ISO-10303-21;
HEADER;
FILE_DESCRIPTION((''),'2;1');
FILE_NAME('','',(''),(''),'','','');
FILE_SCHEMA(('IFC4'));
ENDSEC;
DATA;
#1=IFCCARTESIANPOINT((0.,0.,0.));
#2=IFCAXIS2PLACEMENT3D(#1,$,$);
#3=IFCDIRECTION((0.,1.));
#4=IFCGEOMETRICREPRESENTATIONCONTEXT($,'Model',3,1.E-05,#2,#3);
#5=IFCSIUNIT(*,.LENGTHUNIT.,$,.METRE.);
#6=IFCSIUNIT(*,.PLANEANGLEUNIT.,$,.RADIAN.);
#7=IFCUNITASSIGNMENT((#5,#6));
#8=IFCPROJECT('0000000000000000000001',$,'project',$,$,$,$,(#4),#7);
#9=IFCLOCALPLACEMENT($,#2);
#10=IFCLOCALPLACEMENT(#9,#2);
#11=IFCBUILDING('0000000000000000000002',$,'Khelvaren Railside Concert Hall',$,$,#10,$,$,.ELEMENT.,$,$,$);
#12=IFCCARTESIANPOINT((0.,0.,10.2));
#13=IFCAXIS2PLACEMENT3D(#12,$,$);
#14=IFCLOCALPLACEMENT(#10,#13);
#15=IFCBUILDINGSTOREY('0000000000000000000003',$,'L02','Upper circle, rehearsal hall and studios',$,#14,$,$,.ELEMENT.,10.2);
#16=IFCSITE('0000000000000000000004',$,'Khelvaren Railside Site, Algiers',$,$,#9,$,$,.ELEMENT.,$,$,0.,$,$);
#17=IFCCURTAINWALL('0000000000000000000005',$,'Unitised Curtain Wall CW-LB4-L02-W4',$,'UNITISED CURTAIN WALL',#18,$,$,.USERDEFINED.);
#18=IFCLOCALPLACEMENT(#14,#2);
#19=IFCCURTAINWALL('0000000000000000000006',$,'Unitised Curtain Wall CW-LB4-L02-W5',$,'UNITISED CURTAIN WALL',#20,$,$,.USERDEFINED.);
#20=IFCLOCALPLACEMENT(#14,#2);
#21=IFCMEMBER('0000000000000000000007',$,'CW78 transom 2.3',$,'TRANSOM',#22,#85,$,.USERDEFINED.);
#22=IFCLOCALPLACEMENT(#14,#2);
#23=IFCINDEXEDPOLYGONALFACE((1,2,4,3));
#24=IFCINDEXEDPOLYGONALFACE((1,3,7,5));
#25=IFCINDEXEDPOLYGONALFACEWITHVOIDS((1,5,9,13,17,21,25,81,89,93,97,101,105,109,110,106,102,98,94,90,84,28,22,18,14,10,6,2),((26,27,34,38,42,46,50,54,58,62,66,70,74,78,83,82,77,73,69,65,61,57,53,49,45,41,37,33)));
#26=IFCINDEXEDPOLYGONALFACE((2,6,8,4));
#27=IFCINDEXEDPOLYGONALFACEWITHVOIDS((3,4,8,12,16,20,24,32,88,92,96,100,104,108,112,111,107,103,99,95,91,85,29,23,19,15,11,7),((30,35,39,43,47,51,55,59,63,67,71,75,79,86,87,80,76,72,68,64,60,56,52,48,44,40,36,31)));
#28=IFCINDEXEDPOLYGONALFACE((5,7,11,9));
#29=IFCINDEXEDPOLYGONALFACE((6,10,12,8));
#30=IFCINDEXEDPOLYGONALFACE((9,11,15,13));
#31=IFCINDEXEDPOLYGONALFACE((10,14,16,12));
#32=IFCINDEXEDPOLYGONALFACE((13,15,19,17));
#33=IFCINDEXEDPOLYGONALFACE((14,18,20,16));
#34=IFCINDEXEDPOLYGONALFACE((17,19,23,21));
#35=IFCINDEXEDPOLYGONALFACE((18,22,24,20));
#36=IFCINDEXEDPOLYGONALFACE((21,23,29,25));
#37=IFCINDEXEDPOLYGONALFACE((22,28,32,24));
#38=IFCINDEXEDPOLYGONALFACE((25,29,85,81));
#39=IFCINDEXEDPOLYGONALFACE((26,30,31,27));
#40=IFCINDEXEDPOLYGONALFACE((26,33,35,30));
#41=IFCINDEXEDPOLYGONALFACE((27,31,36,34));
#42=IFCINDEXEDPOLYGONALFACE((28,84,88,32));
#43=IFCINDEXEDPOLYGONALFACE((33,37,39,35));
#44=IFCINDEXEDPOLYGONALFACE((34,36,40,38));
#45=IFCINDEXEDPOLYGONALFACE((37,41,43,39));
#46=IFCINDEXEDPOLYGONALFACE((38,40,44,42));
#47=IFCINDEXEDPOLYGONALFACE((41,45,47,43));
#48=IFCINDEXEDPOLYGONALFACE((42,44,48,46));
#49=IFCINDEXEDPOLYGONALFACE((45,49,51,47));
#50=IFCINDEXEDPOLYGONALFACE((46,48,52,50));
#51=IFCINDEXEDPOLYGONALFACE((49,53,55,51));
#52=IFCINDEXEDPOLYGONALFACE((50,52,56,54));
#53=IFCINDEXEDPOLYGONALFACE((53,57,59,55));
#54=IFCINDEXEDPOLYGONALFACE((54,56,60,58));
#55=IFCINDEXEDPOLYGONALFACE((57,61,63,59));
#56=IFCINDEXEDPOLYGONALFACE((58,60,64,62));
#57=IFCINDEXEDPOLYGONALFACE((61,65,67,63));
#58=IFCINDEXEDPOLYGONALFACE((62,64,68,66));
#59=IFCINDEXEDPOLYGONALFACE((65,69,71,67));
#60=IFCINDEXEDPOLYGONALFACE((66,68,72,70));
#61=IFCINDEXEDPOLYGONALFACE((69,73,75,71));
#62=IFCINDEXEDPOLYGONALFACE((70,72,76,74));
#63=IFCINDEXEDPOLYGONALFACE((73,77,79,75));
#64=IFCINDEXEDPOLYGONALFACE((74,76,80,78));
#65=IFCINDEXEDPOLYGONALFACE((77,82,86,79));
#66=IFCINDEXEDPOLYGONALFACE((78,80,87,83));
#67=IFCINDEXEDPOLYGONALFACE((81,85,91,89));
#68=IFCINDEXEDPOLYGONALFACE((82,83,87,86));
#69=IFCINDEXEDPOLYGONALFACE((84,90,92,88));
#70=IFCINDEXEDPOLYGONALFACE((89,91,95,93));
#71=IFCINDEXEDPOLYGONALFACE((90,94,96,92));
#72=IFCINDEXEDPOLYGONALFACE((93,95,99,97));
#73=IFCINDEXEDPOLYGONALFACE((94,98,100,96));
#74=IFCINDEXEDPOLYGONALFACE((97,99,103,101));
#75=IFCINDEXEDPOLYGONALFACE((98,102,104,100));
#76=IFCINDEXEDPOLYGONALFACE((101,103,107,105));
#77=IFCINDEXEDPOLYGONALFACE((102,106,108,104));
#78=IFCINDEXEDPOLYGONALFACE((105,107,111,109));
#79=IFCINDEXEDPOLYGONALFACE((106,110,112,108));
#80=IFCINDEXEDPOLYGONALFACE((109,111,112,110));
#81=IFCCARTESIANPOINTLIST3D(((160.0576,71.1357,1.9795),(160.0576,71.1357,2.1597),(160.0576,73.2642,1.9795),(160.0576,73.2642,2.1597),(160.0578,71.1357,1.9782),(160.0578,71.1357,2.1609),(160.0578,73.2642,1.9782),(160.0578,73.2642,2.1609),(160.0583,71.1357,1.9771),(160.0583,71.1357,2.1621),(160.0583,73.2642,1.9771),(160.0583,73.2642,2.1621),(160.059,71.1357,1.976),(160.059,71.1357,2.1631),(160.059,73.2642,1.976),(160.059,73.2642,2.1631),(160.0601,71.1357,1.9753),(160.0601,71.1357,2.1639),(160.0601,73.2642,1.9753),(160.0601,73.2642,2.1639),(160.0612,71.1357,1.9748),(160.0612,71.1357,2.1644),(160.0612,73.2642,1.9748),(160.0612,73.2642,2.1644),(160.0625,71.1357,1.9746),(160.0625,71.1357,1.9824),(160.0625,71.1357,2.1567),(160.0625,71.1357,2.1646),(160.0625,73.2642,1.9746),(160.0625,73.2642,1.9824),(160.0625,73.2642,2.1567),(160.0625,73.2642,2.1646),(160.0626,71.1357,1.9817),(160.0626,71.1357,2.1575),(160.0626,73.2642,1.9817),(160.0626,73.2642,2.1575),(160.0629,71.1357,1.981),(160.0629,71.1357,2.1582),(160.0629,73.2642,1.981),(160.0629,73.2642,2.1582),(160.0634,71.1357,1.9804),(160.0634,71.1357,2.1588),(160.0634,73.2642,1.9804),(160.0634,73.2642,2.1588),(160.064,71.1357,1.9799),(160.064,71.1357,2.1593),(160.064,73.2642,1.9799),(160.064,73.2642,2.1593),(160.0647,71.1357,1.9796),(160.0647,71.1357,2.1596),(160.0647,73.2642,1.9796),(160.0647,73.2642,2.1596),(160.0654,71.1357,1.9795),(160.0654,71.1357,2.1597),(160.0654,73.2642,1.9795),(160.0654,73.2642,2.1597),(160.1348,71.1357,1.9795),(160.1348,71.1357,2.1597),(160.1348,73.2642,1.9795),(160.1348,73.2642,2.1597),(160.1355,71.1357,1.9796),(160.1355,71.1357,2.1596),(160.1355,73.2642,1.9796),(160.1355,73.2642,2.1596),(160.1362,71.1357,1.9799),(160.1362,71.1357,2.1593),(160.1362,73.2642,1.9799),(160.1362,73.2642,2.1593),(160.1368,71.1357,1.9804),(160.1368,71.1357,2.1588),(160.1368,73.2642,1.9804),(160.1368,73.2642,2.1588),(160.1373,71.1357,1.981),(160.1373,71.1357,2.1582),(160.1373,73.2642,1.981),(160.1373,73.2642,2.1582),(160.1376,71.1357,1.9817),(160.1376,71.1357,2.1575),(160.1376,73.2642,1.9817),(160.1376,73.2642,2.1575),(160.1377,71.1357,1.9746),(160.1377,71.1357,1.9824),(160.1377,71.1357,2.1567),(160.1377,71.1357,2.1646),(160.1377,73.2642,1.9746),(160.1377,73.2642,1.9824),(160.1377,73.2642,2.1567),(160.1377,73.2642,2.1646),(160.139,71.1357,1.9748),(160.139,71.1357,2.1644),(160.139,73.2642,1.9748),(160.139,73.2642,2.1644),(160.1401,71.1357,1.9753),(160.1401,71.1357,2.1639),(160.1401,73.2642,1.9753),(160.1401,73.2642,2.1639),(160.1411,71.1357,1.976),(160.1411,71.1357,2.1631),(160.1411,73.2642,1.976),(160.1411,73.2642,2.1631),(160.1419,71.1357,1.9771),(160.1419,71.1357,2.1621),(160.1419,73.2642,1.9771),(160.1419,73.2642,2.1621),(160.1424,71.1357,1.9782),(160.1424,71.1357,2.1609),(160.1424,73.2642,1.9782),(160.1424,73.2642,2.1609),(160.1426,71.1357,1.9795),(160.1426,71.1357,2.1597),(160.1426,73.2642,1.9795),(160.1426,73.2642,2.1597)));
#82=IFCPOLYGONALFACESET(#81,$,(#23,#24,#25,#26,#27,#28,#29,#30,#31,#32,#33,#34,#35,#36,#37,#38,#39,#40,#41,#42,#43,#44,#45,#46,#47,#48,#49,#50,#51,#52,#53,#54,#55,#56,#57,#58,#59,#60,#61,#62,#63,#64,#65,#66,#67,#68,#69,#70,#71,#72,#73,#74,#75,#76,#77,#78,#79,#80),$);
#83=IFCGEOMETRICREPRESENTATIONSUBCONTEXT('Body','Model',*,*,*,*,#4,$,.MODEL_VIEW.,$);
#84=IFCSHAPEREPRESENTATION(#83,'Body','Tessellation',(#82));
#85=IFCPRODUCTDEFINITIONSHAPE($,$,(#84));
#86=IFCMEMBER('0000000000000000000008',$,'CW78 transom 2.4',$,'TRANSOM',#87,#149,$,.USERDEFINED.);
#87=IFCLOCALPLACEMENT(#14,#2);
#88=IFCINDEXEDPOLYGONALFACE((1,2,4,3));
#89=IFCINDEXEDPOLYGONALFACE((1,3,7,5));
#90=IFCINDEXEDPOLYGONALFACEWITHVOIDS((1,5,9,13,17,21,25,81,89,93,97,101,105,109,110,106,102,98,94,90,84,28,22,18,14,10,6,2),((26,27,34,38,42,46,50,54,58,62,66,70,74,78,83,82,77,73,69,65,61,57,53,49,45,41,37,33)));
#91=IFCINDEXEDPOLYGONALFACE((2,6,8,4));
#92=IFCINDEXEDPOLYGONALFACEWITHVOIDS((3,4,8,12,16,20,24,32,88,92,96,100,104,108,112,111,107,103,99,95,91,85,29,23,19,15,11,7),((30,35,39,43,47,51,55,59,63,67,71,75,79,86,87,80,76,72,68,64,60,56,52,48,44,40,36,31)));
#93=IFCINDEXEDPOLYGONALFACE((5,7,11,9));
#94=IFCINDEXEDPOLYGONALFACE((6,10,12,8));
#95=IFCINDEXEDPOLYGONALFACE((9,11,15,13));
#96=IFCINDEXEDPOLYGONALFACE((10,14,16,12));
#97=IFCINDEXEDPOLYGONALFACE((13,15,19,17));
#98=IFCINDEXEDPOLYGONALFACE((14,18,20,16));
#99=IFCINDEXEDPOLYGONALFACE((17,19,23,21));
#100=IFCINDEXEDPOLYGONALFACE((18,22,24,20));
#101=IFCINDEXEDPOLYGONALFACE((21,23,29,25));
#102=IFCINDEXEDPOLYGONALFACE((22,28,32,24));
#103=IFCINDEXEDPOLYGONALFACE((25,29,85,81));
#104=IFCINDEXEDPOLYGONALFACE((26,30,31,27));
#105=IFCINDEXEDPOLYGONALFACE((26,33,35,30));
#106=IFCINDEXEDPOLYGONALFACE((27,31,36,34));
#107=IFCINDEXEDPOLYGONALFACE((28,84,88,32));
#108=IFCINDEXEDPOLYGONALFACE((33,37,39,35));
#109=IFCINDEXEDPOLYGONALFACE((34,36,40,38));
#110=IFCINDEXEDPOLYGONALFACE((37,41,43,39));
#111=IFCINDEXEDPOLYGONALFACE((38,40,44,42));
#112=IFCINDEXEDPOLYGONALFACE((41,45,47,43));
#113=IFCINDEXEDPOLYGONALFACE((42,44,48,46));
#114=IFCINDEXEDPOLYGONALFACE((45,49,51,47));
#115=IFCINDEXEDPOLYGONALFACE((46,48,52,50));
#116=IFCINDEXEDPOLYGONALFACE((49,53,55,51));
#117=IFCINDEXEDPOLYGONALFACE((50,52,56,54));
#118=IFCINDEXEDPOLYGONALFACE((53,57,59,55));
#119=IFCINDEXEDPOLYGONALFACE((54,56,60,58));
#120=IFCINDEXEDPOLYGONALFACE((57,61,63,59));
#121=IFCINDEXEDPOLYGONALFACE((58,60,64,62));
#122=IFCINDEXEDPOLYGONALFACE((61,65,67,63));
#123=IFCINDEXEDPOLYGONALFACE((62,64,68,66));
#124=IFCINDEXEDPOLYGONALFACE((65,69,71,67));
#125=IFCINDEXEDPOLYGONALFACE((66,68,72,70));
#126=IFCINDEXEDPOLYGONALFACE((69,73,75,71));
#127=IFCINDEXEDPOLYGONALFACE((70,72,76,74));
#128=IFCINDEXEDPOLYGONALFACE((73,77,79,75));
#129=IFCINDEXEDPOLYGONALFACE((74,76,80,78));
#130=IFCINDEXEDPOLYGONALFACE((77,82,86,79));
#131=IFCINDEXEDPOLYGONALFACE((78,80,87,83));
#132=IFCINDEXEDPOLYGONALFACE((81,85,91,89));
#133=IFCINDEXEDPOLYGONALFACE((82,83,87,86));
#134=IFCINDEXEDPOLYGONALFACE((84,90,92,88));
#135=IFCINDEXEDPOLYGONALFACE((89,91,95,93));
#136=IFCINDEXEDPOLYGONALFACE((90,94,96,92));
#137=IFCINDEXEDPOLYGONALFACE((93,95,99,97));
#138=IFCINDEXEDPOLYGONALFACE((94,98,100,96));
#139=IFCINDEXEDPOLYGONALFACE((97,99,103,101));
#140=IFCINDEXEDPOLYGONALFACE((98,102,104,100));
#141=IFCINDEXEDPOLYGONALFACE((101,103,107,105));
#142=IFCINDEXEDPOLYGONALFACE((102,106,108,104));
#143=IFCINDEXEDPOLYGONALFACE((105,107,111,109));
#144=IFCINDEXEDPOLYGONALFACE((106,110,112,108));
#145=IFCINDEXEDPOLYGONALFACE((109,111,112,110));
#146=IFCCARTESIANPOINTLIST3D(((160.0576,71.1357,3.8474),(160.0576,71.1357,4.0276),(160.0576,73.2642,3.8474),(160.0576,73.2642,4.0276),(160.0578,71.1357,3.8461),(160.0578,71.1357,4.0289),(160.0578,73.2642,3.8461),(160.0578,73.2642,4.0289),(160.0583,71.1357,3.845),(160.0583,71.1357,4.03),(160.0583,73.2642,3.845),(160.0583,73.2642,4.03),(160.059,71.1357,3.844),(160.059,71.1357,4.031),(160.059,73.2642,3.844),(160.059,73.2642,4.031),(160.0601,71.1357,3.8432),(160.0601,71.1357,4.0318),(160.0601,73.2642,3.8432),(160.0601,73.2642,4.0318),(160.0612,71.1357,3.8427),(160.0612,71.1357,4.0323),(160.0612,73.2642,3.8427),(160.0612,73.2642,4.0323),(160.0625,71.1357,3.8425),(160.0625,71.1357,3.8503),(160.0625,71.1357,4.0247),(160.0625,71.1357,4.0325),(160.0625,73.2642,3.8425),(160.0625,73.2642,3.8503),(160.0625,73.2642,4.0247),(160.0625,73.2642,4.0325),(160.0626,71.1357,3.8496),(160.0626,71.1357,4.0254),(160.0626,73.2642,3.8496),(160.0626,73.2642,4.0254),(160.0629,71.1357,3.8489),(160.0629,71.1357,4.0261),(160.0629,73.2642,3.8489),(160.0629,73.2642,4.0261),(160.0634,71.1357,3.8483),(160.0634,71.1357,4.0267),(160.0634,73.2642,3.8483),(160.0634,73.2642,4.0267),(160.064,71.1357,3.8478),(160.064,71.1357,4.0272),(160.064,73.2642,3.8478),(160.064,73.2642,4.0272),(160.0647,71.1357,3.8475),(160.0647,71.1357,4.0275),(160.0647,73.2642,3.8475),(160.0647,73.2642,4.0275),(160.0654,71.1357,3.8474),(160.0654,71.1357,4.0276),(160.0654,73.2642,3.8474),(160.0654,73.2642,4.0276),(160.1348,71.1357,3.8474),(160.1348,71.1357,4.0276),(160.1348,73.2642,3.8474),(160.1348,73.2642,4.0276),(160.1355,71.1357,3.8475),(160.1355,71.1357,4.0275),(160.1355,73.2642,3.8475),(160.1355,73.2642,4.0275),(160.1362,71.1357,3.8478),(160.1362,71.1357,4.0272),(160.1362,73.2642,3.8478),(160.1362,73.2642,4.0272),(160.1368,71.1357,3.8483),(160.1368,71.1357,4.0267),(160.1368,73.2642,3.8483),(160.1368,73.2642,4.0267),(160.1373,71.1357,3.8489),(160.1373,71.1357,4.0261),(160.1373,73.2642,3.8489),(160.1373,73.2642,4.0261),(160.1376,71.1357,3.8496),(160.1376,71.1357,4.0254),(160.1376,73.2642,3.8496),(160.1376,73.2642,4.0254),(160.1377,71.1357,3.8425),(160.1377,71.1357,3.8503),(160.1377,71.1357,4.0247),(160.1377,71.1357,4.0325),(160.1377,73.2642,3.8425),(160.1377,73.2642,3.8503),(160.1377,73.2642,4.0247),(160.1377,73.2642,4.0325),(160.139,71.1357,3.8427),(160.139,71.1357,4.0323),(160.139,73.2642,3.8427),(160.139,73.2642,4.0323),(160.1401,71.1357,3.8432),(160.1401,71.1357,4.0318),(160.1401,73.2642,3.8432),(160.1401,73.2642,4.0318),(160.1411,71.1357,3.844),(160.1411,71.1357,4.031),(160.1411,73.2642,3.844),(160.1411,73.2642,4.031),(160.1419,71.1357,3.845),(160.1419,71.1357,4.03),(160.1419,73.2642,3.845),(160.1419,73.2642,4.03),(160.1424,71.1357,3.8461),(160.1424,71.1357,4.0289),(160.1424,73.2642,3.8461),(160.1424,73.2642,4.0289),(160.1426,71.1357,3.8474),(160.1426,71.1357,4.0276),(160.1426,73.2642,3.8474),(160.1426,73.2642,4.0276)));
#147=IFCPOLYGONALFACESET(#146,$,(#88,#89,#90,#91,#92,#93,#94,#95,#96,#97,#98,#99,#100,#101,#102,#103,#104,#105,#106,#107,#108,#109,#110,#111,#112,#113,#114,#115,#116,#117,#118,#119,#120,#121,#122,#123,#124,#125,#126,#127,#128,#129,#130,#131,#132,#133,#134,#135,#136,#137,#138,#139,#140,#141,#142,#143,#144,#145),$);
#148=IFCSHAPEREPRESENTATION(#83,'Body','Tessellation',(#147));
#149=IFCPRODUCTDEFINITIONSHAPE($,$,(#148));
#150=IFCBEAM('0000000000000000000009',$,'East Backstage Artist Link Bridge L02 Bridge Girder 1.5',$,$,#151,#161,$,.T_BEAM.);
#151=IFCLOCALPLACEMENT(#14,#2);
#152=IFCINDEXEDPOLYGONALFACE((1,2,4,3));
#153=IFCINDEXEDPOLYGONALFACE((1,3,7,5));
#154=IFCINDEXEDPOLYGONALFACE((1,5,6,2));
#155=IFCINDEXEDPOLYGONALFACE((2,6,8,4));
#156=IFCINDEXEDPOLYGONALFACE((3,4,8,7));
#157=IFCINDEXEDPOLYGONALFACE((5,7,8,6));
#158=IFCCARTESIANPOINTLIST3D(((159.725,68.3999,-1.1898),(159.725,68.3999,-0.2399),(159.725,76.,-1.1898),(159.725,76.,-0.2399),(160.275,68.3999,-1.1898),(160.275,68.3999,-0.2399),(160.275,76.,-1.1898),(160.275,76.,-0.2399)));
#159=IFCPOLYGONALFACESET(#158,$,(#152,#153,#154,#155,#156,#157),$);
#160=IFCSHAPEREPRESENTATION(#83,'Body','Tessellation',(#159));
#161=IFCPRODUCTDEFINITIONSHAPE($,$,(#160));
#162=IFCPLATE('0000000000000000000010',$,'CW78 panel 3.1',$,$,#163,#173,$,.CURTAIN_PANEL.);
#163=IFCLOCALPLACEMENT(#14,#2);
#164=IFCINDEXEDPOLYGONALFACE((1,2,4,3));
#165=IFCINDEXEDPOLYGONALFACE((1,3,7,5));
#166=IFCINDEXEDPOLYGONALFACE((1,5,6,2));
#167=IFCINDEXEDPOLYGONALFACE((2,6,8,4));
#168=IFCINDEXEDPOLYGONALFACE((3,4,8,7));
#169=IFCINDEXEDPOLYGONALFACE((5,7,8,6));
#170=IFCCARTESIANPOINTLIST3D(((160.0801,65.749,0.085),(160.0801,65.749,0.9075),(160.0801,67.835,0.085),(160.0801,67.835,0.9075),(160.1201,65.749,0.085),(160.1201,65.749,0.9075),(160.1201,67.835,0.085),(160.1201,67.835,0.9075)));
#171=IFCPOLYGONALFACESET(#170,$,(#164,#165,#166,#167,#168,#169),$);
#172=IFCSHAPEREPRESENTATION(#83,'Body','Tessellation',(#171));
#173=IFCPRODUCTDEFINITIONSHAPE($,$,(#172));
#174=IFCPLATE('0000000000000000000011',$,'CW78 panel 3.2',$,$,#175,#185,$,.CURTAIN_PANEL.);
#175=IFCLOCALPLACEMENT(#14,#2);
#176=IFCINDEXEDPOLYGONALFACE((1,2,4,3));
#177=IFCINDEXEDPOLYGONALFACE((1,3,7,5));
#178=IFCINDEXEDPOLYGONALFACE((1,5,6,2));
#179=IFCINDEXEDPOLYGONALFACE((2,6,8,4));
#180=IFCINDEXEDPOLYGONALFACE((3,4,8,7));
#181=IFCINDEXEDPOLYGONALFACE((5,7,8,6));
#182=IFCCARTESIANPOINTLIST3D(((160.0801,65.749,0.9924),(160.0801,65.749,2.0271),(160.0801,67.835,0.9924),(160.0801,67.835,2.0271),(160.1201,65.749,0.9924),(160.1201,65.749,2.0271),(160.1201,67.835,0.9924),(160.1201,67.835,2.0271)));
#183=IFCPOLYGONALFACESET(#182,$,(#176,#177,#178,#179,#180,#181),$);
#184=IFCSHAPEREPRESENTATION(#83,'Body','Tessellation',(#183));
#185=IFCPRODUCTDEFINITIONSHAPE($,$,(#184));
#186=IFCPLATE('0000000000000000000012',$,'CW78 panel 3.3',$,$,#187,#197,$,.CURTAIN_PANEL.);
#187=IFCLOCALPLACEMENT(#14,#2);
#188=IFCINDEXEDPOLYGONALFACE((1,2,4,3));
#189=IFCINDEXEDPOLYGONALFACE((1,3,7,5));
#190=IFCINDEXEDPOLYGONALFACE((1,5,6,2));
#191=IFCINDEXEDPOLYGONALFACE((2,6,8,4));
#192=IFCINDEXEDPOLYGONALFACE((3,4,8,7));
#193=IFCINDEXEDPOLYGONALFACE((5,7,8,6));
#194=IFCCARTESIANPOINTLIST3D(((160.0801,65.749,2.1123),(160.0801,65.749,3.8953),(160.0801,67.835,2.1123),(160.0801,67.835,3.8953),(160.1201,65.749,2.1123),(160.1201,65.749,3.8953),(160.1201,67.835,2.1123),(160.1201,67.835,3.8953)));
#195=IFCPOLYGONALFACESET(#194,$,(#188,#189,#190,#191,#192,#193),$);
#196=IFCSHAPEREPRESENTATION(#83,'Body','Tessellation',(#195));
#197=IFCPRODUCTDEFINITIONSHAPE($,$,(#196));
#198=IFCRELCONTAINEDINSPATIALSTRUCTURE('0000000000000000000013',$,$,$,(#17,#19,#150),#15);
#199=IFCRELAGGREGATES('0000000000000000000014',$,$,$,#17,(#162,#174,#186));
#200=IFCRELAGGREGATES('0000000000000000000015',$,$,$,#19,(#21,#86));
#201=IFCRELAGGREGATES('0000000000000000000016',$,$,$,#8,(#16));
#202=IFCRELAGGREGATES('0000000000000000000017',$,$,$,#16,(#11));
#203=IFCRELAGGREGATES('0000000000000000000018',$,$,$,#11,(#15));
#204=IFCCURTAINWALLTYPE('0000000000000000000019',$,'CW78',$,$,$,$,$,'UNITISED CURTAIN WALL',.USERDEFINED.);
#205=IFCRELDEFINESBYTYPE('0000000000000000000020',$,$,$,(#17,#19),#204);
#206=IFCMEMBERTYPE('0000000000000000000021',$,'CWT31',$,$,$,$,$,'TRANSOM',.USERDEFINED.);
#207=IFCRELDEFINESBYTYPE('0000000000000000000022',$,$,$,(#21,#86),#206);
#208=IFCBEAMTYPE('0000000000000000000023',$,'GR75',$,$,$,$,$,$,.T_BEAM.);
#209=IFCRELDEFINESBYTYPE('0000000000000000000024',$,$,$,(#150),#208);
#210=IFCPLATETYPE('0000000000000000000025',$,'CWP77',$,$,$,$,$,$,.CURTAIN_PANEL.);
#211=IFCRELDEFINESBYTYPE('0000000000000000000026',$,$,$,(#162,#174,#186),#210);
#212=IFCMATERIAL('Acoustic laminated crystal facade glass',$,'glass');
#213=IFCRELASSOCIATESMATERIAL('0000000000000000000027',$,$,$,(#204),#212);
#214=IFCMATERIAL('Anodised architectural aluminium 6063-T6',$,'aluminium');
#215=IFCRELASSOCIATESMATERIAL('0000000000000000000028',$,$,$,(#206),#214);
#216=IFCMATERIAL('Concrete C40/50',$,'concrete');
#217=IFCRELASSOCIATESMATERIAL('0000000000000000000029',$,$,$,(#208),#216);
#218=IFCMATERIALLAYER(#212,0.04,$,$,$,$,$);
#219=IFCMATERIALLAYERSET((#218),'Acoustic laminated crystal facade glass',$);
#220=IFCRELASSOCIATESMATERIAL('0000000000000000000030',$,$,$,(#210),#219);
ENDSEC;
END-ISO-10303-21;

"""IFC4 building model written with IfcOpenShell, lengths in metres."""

from ifc_helpers import new_model, si_unit, direction, frame, origin, origin_2d, place, context, subcontext, project, spatial, rectangle, hollow_rectangle, extrude, material, layer, layer_set, material_profile, profile_set, type_object, element, aggregate, save


model = new_model("IFC4")

# Units and contexts
model_context = context("Model", 3, precision=1e-05, world=origin(), true_north=direction((0.0, 1.0)))
body_context = subcontext(model_context, "Body", "Model", "MODEL_VIEW")
ifc_project = project(units=[si_unit("LENGTHUNIT", "METRE"), si_unit("PLANEANGLEUNIT", "RADIAN")], contexts=[model_context])

# Site, building, storey
site_placement = place(None, origin())
site = spatial("IfcSite", under=ifc_project, at=site_placement, Name="Khelvaren Railside Site, Algiers", CompositionType="ELEMENT", RefElevation=0.0)
building_placement = place(site_placement, origin())
building = spatial("IfcBuilding", under=site, at=building_placement, Name="Khelvaren Railside Concert Hall", CompositionType="ELEMENT")
storey_placement = place(building_placement, frame((0.0, 0.0, 10.2)))
storey = spatial("IfcBuildingStorey", under=building, at=storey_placement, Name="L02", Description="Upper circle, rehearsal hall and studios", CompositionType="ELEMENT", Elevation=10.2)

# Curtain wall
ifc_material_1 = material(Name="Acoustic laminated crystal facade glass", Category="glass")
curtain_wall_type = type_object("IfcCurtainWallType", Name="CW78", ElementType="UNITISED CURTAIN WALL", PredefinedType="USERDEFINED", material=ifc_material_1)
curtain_wall_1_placement = place(storey_placement, origin())
curtain_wall_1 = element("IfcCurtainWall", 1, at=curtain_wall_1_placement, inside=storey, type_object=curtain_wall_type, Name="Unitised Curtain Wall CW-LB4-L02-W4", ObjectType="UNITISED CURTAIN WALL", PredefinedType="USERDEFINED")
ifc_material_2 = material(Name="Anodised architectural aluminium 6063-T6", Category="aluminium")

# Curtain wall
curtain_wall_2_placement = place(storey_placement, origin())
curtain_wall_2 = element("IfcCurtainWall", 2, at=curtain_wall_2_placement, inside=storey, type_object=curtain_wall_type, Name="Unitised Curtain Wall CW-LB4-L02-W5", ObjectType="UNITISED CURTAIN WALL", PredefinedType="USERDEFINED")

# Members
ifc_material_profile_1 = material_profile(ifc_material_2, hollow_rectangle(XDim=0.085, YDim=0.1899, WallThickness=0.0049, InnerFilletRadius=0.0029, OuterFilletRadius=0.0049, at=origin_2d()), Name="CWT 85x190x5")
ifc_profile_set_1 = profile_set([ifc_material_profile_1], Name="Anodised architectural aluminium 6063-T6")
member_type_1 = type_object("IfcMemberType", Name="CWT31", ElementType="TRANSOM", PredefinedType="USERDEFINED", material=ifc_profile_set_1)
member_1_placement = place(storey_placement, frame((160.1001, 71.1357, 2.0696), z_axis=(0.0, 1.0, 0.0), x_axis=(-1.0, 0.0, 0.0)))
member_1 = element("IfcMember", 3, at=member_1_placement, type_object=member_type_1, Name="CW78 transom 2.3", ObjectType="TRANSOM", PredefinedType="USERDEFINED", context=body_context, shape_type="SweptSolid", body=[
    extrude(hollow_rectangle(XDim=0.085, YDim=0.1899, WallThickness=0.0049, InnerFilletRadius=0.0029, OuterFilletRadius=0.0049, at=origin_2d()), origin(), (0.0, 0.0, 1.0), 2.1284),
])
member_2_placement = place(storey_placement, frame((160.1001, 71.1357, 3.9375), z_axis=(0.0, 1.0, 0.0), x_axis=(-1.0, 0.0, 0.0)))
member_2 = element("IfcMember", 4, at=member_2_placement, type_object=member_type_1, Name="CW78 transom 2.4", ObjectType="TRANSOM", PredefinedType="USERDEFINED", context=body_context, shape_type="SweptSolid", body=[
    extrude(hollow_rectangle(XDim=0.085, YDim=0.1899, WallThickness=0.0049, InnerFilletRadius=0.0029, OuterFilletRadius=0.0049, at=origin_2d()), origin(), (0.0, 0.0, 1.0), 2.1284),
])

# Beam
ifc_material_3 = material(Name="Concrete C40/50", Category="concrete")
ifc_material_profile_2 = material_profile(ifc_material_3, rectangle(XDim=0.55, YDim=0.95, at=origin_2d()), Name="RCB 550x950")
ifc_profile_set_2 = profile_set([ifc_material_profile_2], Name="Concrete C40/50")
beam_type = type_object("IfcBeamType", Name="GR75", PredefinedType="T_BEAM", material=ifc_profile_set_2)
beam_placement = place(storey_placement, frame((160.0, 68.3999, -0.7148), z_axis=(0.0, 1.0, 0.0), x_axis=(-1.0, 0.0, 0.0)))
element("IfcBeam", 5, at=beam_placement, inside=storey, type_object=beam_type, Name="East Backstage Artist Link Bridge L02 Bridge Girder 1.5", PredefinedType="T_BEAM", context=body_context, shape_type="SweptSolid", body=[
    extrude(rectangle(XDim=0.55, YDim=0.95, at=origin_2d()), origin(), (0.0, 0.0, 1.0), 7.6001),
])

# Plates
ifc_layer = layer(ifc_material_1, 0.04)
ifc_layer_set = layer_set([ifc_layer], Name="Acoustic laminated crystal facade glass")
plate_type = type_object("IfcPlateType", Name="CWP77", PredefinedType="CURTAIN_PANEL", material=ifc_layer_set)
plate_1_placement = place(storey_placement, frame((160.1001, 66.792, 0.085), z_axis=(0.0, 0.0, 1.0), x_axis=(0.0, 1.0, 0.0)))
plate_1 = element("IfcPlate", 6, at=plate_1_placement, type_object=plate_type, Name="CW78 panel 3.1", PredefinedType="CURTAIN_PANEL", context=body_context, shape_type="SweptSolid", body=[
    extrude(rectangle(XDim=2.0859, YDim=0.04, at=origin_2d()), origin(), (0.0, 0.0, 1.0), 0.8225),
])
plate_2_placement = place(storey_placement, frame((160.1001, 66.792, 0.9924), z_axis=(0.0, 0.0, 1.0), x_axis=(0.0, 1.0, 0.0)))
plate_2 = element("IfcPlate", 7, at=plate_2_placement, type_object=plate_type, Name="CW78 panel 3.2", PredefinedType="CURTAIN_PANEL", context=body_context, shape_type="SweptSolid", body=[
    extrude(rectangle(XDim=2.0859, YDim=0.04, at=origin_2d()), origin(), (0.0, 0.0, 1.0), 1.0347),
])
plate_3_placement = place(storey_placement, frame((160.1001, 66.792, 2.1123), z_axis=(0.0, 0.0, 1.0), x_axis=(0.0, 1.0, 0.0)))
plate_3 = element("IfcPlate", 8, at=plate_3_placement, type_object=plate_type, Name="CW78 panel 3.3", PredefinedType="CURTAIN_PANEL", context=body_context, shape_type="SweptSolid", body=[
    extrude(rectangle(XDim=2.0859, YDim=0.04, at=origin_2d()), origin(), (0.0, 0.0, 1.0), 1.783),
])
aggregate(curtain_wall_1, [plate_1, plate_2, plate_3])
aggregate(curtain_wall_2, [member_1, member_2])

save(model, "model.ifc")
